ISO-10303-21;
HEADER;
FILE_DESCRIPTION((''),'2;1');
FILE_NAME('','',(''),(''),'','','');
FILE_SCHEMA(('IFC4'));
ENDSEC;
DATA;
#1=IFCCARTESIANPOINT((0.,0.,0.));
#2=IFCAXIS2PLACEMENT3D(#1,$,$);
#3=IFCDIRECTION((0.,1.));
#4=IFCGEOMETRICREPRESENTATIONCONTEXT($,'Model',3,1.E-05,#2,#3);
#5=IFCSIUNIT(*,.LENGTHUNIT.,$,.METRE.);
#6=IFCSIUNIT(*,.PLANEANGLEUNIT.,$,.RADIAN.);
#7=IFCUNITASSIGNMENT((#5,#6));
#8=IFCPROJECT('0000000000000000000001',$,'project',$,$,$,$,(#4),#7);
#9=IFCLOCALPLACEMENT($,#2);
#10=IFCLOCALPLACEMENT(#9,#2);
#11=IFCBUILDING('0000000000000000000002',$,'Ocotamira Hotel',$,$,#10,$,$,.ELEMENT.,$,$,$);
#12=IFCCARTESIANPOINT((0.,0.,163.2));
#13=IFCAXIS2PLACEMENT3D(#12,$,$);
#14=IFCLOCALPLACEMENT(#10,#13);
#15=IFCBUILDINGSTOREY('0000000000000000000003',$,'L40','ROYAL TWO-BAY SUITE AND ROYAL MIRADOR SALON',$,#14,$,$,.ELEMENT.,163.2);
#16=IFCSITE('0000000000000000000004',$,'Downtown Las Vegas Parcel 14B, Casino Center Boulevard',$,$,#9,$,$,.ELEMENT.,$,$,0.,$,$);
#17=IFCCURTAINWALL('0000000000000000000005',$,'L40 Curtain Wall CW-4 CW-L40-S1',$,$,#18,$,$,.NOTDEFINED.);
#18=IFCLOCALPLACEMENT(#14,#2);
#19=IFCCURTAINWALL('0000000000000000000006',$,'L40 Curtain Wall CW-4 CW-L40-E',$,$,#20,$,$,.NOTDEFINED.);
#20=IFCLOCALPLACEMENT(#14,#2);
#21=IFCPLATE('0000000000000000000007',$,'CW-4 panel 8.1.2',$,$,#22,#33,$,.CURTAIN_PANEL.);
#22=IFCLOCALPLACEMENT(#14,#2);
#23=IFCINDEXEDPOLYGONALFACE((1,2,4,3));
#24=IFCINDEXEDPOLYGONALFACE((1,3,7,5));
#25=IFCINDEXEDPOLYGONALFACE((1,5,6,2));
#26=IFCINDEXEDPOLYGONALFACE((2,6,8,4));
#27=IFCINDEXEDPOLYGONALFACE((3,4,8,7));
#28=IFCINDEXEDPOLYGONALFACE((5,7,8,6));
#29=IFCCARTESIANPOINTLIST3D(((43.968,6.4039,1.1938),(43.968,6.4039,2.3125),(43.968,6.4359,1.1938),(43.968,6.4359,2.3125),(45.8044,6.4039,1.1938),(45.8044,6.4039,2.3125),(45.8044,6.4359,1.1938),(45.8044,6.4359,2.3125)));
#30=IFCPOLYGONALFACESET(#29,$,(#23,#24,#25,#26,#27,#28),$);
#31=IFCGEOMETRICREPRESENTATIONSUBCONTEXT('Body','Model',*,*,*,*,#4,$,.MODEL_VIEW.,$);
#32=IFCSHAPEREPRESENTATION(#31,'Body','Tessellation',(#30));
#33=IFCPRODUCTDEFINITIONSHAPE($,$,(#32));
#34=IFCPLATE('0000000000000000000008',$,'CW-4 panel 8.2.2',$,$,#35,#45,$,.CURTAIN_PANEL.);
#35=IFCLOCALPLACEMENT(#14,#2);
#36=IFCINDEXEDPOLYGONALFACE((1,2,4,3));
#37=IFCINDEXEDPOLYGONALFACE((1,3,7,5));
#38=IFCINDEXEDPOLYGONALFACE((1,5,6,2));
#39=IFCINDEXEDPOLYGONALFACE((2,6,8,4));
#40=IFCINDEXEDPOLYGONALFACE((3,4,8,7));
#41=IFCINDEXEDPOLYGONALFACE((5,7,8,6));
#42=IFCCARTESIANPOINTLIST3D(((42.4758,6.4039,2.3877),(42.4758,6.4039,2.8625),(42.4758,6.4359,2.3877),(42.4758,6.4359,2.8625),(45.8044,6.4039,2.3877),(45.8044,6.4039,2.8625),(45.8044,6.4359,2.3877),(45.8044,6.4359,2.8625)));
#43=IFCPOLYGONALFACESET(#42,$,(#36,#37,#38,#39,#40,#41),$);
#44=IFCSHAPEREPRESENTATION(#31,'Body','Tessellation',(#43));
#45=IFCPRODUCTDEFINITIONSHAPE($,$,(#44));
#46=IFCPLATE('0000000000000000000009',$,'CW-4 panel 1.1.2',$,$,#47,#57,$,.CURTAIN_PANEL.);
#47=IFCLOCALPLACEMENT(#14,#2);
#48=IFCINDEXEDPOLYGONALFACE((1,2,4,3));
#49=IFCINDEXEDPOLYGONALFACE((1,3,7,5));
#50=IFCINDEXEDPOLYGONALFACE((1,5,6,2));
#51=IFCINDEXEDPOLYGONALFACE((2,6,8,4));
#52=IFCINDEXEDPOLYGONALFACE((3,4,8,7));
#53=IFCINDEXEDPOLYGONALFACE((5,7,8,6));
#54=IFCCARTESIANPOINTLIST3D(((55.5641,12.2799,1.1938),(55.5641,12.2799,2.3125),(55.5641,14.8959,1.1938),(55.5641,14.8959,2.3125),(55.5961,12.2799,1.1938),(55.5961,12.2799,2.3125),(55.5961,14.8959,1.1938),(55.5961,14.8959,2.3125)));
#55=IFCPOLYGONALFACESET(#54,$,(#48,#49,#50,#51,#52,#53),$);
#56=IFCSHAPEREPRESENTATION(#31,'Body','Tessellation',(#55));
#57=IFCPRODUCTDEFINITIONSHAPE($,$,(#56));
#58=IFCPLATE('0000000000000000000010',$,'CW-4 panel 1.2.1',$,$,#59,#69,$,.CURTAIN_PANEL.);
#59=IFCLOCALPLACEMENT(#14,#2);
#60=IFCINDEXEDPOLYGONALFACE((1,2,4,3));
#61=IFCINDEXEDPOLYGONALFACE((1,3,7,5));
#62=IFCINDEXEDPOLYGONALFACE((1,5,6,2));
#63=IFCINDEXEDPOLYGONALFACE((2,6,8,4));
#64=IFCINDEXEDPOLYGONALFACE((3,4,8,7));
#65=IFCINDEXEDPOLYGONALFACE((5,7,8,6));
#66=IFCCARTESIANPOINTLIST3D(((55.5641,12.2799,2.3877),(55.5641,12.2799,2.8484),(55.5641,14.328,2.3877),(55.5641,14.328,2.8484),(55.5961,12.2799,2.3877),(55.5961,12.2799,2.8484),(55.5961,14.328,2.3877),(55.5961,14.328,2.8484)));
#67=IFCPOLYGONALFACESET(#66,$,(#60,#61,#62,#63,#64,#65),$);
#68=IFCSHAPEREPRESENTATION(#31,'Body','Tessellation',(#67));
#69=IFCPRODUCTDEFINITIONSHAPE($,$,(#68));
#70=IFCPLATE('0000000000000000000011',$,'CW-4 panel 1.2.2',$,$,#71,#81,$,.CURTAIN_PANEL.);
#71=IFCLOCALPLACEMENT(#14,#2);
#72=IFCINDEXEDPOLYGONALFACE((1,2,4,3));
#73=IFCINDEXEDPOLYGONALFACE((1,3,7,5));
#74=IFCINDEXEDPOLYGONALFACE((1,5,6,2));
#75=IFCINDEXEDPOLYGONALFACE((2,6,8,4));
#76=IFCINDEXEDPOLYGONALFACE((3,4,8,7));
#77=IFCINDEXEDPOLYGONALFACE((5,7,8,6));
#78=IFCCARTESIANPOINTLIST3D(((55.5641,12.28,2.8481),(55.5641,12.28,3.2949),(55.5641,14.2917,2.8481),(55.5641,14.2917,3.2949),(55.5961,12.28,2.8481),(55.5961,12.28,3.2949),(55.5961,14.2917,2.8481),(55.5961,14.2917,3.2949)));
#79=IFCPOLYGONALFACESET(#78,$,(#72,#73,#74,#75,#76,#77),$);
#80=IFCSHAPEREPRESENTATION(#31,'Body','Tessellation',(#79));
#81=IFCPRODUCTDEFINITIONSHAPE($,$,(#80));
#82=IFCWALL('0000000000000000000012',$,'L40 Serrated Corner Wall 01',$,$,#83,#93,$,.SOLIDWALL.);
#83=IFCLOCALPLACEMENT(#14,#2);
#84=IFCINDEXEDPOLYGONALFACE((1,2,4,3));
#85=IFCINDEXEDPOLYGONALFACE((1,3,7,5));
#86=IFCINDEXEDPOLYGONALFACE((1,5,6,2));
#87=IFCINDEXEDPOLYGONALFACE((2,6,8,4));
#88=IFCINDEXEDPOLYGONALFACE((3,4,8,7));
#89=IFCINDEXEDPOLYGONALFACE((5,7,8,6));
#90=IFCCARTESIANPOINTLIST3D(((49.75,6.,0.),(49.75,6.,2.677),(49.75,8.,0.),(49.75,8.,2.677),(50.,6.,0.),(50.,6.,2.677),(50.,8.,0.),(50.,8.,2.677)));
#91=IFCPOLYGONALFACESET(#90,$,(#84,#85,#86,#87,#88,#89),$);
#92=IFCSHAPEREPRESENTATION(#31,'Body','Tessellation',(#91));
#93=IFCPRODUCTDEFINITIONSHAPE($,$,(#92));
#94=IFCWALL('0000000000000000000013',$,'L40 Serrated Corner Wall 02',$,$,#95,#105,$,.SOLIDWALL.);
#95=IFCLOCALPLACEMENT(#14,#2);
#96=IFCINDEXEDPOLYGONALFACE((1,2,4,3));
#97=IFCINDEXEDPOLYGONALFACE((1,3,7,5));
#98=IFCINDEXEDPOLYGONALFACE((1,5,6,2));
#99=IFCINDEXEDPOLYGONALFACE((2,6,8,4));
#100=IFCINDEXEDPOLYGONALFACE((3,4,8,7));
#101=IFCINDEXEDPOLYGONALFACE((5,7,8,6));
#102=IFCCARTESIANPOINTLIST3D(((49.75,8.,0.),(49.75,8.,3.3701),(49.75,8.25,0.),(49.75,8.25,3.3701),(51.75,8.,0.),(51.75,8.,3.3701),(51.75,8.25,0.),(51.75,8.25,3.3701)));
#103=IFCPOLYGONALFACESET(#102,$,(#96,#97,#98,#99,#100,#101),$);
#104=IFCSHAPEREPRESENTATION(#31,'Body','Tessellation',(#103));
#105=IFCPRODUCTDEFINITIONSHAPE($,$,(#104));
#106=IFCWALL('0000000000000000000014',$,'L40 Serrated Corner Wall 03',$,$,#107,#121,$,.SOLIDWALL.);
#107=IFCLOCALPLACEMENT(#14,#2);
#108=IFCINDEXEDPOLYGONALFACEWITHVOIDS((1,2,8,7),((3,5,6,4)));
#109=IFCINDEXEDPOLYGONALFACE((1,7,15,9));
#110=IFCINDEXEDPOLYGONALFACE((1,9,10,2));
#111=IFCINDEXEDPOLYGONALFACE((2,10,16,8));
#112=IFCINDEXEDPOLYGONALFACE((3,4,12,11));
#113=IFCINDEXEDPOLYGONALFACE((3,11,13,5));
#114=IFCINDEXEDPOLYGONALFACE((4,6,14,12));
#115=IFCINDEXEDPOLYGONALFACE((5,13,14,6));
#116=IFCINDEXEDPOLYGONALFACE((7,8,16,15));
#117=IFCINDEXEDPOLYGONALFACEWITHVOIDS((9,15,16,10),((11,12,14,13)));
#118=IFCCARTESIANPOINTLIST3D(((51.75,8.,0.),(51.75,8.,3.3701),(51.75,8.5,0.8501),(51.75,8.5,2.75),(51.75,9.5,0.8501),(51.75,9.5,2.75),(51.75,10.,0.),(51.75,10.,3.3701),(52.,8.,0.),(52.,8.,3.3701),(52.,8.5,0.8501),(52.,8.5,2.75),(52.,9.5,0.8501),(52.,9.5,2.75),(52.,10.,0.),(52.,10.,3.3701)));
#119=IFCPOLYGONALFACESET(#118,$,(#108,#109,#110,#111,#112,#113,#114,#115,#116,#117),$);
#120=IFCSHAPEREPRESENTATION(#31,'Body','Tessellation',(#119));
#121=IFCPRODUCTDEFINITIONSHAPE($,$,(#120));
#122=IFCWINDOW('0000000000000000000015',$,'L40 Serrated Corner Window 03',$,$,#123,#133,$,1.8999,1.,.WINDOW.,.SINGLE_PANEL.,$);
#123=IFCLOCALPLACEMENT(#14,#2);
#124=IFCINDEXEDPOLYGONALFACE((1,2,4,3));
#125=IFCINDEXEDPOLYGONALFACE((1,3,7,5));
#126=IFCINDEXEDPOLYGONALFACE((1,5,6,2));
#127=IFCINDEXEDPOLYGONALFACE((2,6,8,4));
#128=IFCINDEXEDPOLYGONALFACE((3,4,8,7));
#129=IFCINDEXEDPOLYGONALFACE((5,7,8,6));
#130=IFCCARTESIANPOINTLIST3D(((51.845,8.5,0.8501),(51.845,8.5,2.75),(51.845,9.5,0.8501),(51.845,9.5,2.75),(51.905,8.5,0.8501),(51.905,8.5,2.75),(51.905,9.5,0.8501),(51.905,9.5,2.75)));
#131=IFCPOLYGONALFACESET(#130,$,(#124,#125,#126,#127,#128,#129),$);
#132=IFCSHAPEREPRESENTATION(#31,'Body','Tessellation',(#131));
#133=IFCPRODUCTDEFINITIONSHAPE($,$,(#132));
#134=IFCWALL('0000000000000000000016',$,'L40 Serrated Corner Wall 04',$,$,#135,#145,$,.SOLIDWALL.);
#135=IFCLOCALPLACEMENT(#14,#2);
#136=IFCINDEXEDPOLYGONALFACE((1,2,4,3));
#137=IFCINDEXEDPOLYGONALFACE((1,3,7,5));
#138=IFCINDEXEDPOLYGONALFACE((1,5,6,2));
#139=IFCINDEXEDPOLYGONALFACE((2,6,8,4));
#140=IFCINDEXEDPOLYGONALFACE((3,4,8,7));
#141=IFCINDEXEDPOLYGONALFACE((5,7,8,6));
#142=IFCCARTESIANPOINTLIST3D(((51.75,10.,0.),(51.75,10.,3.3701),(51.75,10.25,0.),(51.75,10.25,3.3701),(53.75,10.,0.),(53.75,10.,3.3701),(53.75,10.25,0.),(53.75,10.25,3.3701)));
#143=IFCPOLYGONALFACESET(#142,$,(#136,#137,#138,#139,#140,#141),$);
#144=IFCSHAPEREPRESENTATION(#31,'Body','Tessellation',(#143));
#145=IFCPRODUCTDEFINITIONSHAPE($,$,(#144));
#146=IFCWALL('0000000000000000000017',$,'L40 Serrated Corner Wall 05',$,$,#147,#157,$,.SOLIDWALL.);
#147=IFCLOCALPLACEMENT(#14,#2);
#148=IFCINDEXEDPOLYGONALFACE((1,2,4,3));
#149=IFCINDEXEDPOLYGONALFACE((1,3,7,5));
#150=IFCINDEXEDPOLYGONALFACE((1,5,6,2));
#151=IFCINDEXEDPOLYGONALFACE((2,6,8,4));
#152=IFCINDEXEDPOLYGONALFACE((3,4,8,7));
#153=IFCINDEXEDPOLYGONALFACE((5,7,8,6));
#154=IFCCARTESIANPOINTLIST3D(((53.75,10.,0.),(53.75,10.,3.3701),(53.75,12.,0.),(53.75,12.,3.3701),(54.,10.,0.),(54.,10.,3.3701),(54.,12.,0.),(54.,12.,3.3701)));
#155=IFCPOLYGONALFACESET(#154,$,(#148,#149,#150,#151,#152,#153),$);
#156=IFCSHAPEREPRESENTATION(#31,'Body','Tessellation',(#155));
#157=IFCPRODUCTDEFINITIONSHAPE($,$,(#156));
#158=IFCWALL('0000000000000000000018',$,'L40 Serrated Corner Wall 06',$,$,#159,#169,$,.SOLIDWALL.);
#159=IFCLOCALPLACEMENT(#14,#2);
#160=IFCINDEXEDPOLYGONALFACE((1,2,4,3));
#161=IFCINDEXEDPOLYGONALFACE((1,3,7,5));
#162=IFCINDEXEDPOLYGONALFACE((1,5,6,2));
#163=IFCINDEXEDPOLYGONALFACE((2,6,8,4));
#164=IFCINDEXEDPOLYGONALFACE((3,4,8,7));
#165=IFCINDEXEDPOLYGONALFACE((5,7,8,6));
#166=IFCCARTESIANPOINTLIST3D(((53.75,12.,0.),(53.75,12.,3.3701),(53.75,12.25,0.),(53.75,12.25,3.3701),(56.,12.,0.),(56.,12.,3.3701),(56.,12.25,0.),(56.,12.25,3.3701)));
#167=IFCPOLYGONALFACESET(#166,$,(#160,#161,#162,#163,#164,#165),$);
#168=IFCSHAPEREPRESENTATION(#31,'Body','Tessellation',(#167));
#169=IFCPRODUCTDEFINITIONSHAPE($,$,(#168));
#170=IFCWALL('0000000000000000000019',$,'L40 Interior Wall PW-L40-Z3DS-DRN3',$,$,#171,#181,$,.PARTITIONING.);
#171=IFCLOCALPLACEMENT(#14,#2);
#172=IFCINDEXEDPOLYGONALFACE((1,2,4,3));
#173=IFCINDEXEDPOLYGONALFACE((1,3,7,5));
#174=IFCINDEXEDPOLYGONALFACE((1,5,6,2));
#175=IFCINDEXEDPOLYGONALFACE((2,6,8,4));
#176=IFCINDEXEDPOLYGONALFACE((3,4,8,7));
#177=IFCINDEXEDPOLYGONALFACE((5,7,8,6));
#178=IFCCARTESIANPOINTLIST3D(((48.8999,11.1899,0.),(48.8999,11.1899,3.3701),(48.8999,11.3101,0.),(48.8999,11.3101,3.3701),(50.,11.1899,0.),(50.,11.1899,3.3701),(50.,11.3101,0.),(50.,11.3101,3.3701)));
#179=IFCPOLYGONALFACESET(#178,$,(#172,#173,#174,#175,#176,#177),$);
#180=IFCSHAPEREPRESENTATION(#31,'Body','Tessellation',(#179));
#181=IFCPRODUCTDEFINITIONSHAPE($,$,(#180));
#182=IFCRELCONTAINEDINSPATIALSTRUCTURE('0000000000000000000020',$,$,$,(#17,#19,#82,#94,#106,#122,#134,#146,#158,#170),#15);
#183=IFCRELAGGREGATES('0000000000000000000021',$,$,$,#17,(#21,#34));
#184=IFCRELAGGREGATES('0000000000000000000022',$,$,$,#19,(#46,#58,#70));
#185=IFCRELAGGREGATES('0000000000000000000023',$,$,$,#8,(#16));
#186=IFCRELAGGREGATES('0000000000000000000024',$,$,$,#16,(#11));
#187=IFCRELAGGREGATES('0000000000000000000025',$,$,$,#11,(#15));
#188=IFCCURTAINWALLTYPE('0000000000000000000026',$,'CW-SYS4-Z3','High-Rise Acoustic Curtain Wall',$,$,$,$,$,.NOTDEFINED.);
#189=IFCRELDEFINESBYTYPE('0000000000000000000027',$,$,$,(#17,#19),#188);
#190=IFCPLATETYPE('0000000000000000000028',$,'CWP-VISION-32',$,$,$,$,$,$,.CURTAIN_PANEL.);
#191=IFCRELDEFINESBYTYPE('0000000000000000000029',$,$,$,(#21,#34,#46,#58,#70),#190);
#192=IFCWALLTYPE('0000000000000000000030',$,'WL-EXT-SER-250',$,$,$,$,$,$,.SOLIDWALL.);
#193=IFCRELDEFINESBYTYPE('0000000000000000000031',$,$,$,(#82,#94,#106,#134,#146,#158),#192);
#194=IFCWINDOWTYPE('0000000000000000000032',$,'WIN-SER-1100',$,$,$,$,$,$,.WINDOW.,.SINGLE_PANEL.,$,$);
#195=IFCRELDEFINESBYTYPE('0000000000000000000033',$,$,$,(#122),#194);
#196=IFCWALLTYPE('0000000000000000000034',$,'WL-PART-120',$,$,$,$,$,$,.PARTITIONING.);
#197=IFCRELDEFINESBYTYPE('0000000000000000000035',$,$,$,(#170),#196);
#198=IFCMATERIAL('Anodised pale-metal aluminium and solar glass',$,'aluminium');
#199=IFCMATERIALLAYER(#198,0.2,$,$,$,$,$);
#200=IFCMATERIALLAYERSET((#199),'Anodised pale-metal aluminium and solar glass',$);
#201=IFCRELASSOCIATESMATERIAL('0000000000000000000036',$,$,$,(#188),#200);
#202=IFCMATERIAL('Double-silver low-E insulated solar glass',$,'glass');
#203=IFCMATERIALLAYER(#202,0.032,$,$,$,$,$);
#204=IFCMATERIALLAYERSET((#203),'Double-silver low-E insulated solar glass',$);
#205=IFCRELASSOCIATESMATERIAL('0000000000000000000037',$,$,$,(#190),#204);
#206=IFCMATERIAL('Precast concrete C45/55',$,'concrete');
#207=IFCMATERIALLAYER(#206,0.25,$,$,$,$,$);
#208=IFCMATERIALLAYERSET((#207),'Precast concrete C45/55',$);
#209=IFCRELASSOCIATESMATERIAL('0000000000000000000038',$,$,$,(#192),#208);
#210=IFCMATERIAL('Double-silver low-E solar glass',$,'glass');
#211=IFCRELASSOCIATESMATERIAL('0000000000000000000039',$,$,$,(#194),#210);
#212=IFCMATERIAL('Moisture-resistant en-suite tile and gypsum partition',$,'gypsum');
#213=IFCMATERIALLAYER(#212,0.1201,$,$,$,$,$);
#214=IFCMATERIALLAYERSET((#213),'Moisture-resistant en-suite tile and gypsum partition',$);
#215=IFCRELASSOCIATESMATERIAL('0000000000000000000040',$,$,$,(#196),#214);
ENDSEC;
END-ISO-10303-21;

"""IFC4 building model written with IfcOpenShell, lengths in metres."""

from ifc_helpers import new_model, si_unit, direction, frame, frame_2d, origin, origin_2d, place, context, subcontext, project, spatial, rectangle, extrude, source, transform, mapped, material, layer, layer_set, type_object, element, fill, aggregate, save


model = new_model("IFC4")

# Units and contexts
model_context = context("Model", 3, precision=1e-05, world=origin(), true_north=direction((0.0, 1.0)))
body_context = subcontext(model_context, "Body", "Model", "MODEL_VIEW")
ifc_project = project(units=[si_unit("LENGTHUNIT", "METRE"), si_unit("PLANEANGLEUNIT", "RADIAN")], contexts=[model_context])

# Site, building, storey
site_placement = place(None, origin())
site = spatial("IfcSite", under=ifc_project, at=site_placement, Name="Downtown Las Vegas Parcel 14B, Casino Center Boulevard", CompositionType="ELEMENT", RefElevation=0.0)
building_placement = place(site_placement, origin())
building = spatial("IfcBuilding", under=site, at=building_placement, Name="Ocotamira Hotel", CompositionType="ELEMENT")
storey_placement = place(building_placement, frame((0.0, 0.0, 163.2)))
storey = spatial("IfcBuildingStorey", under=building, at=storey_placement, Name="L40", Description="ROYAL TWO-BAY SUITE AND ROYAL MIRADOR SALON", CompositionType="ELEMENT", Elevation=163.2)

# Curtain walls
ifc_material_1 = material(Name="Anodised pale-metal aluminium and solar glass", Category="aluminium")
ifc_layer_1 = layer(ifc_material_1, 0.2)
ifc_layer_set_1 = layer_set([ifc_layer_1], Name="Anodised pale-metal aluminium and solar glass")
curtain_wall_type = type_object("IfcCurtainWallType", Name="CW-SYS4-Z3", Description="High-Rise Acoustic Curtain Wall", PredefinedType="NOTDEFINED", material=ifc_layer_set_1)
curtain_wall_1_placement = place(storey_placement, origin())
curtain_wall_1 = element("IfcCurtainWall", 1, at=curtain_wall_1_placement, inside=storey, type_object=curtain_wall_type, Name="L40 Curtain Wall CW-4 CW-L40-S1", PredefinedType="NOTDEFINED")
curtain_wall_2_placement = place(storey_placement, origin())
curtain_wall_2 = element("IfcCurtainWall", 2, at=curtain_wall_2_placement, inside=storey, type_object=curtain_wall_type, Name="L40 Curtain Wall CW-4 CW-L40-E", PredefinedType="NOTDEFINED")

# Plates
ifc_material_2 = material(Name="Double-silver low-E insulated solar glass", Category="glass")
ifc_layer_2 = layer(ifc_material_2, 0.032)
ifc_layer_set_2 = layer_set([ifc_layer_2], Name="Double-silver low-E insulated solar glass")
plate_type_1 = type_object("IfcPlateType", Name="CWP-VISION-32", PredefinedType="CURTAIN_PANEL", material=ifc_layer_set_2)
shared_shape_1 = source(origin(), body_context, "Body", "SweptSolid", [
    extrude(rectangle(XDim=1.8364, YDim=0.032, at=origin_2d()), origin(), (0.0, 0.0, 1.0), 1.1187),
])
plate_1_placement = place(storey_placement, frame((44.8862, 6.4199, 1.1938), z_axis=(0.0, 0.0, 1.0), x_axis=(1.0, 0.0, 0.0)))
plate_1 = element("IfcPlate", 3, at=plate_1_placement, type_object=plate_type_1, Name="CW-4 panel 8.1.2", PredefinedType="CURTAIN_PANEL", context=body_context, shape_type="MappedRepresentation", body=[
    mapped(shared_shape_1, transform((0.0, 0.0, 0.0), scale=1.0)),
])
shared_shape_2 = source(origin(), body_context, "Body", "SweptSolid", [
    extrude(rectangle(XDim=3.3286, YDim=0.032, at=origin_2d()), origin(), (0.0, 0.0, 1.0), 0.4749),
])
plate_2_placement = place(storey_placement, frame((44.1401, 6.4199, 2.3877), z_axis=(0.0, 0.0, 1.0), x_axis=(1.0, 0.0, 0.0)))
plate_2 = element("IfcPlate", 4, at=plate_2_placement, type_object=plate_type_1, Name="CW-4 panel 8.2.2", PredefinedType="CURTAIN_PANEL", context=body_context, shape_type="MappedRepresentation", body=[
    mapped(shared_shape_2, transform((0.0, 0.0, 0.0), scale=1.0)),
])
aggregate(curtain_wall_1, [plate_1, plate_2])
shared_shape_3 = source(origin(), body_context, "Body", "SweptSolid", [
    extrude(rectangle(XDim=2.616, YDim=0.032, at=origin_2d()), origin(), (0.0, 0.0, 1.0), 1.1187),
])
plate_3_placement = place(storey_placement, frame((55.5801, 13.5879, 1.1938), z_axis=(0.0, 0.0, 1.0), x_axis=(0.0, 1.0, 0.0)))
plate_3 = element("IfcPlate", 5, at=plate_3_placement, type_object=plate_type_1, Name="CW-4 panel 1.1.2", PredefinedType="CURTAIN_PANEL", context=body_context, shape_type="MappedRepresentation", body=[
    mapped(shared_shape_3, transform((0.0, 0.0, 0.0), scale=1.0)),
])
shared_shape_4 = source(origin(), body_context, "Body", "SweptSolid", [
    extrude(rectangle(XDim=2.0481, YDim=0.032, at=origin_2d()), origin(), (0.0, 0.0, 1.0), 0.4607),
])
plate_4_placement = place(storey_placement, frame((55.5801, 13.304, 2.3877), z_axis=(0.0, 0.0, 1.0), x_axis=(0.0, 1.0, 0.0)))
plate_4 = element("IfcPlate", 6, at=plate_4_placement, type_object=plate_type_1, Name="CW-4 panel 1.2.1", PredefinedType="CURTAIN_PANEL", context=body_context, shape_type="MappedRepresentation", body=[
    mapped(shared_shape_4, transform((0.0, 0.0, 0.0), scale=1.0)),
])
shared_shape_5 = source(origin(), body_context, "Body", "SweptSolid", [
    extrude(rectangle(XDim=2.0117, YDim=0.032, at=origin_2d()), origin(), (0.0, 0.0, 1.0), 0.4468),
])
plate_5_placement = place(storey_placement, frame((55.5801, 13.2859, 2.8481), z_axis=(0.0, 0.0, 1.0), x_axis=(0.0, 1.0, 0.0)))
plate_5 = element("IfcPlate", 7, at=plate_5_placement, type_object=plate_type_1, Name="CW-4 panel 1.2.2", PredefinedType="CURTAIN_PANEL", context=body_context, shape_type="MappedRepresentation", body=[
    mapped(shared_shape_5, transform((0.0, 0.0, 0.0), scale=1.0)),
])
aggregate(curtain_wall_2, [plate_3, plate_4, plate_5])

# Walls
ifc_material_3 = material(Name="Precast concrete C45/55", Category="concrete")
ifc_layer_3 = layer(ifc_material_3, 0.25)
ifc_layer_set_3 = layer_set([ifc_layer_3], Name="Precast concrete C45/55")
wall_type_1 = type_object("IfcWallType", Name="WL-EXT-SER-250", PredefinedType="SOLIDWALL", material=ifc_layer_set_3)
wall_1_placement = place(storey_placement, frame((49.875, 6.0, 0.0), z_axis=(0.0, 0.0, 1.0), x_axis=(0.0, 1.0, 0.0)))
element("IfcWall", 8, at=wall_1_placement, inside=storey, type_object=wall_type_1, Name="L40 Serrated Corner Wall 01", PredefinedType="SOLIDWALL", context=body_context, shape_type="SweptSolid", body=[
    extrude(rectangle(XDim=2.0, YDim=0.25, at=frame_2d((1.0, 0.0))), origin(), (0.0, 0.0, 1.0), 2.677),
])
wall_2_placement = place(storey_placement, frame((49.75, 8.125, 0.0), z_axis=(0.0, 0.0, 1.0), x_axis=(1.0, 0.0, 0.0)))
element("IfcWall", 9, at=wall_2_placement, inside=storey, type_object=wall_type_1, Name="L40 Serrated Corner Wall 02", PredefinedType="SOLIDWALL", context=body_context, shape_type="SweptSolid", body=[
    extrude(rectangle(XDim=2.0, YDim=0.25, at=frame_2d((1.0, 0.0))), origin(), (0.0, 0.0, 1.0), 3.3701),
])

# Wall, opening, window
wall_3_placement = place(storey_placement, frame((51.875, 8.0, 0.0), z_axis=(0.0, 0.0, 1.0), x_axis=(0.0, 1.0, 0.0)))
wall_3 = element("IfcWall", 10, at=wall_3_placement, inside=storey, type_object=wall_type_1, Name="L40 Serrated Corner Wall 03", PredefinedType="SOLIDWALL", context=body_context, shape_type="SweptSolid", body=[
    extrude(rectangle(XDim=2.0, YDim=0.25, at=frame_2d((1.0, 0.0))), origin(), (0.0, 0.0, 1.0), 3.3701),
])
opening_1_placement = place(wall_3_placement, frame((0.5, 0.0, 0.8501)))
opening_1 = element("IfcOpeningElement", 11, at=opening_1_placement, cuts=wall_3, PredefinedType="OPENING", context=body_context, shape_type="SweptSolid", body=[
    extrude(rectangle(XDim=1.0, YDim=1.8999, at=frame_2d((0.5, 0.95))), frame((0.0, 0.135, 0.0), z_axis=(0.0, -1.0, 0.0), x_axis=(1.0, 0.0, 0.0)), (0.0, 0.0, 1.0), 0.27),
])
ifc_material_4 = material(Name="Double-silver low-E solar glass", Category="glass")
window_type = type_object("IfcWindowType", Name="WIN-SER-1100", PartitioningType="SINGLE_PANEL", PredefinedType="WINDOW", material=ifc_material_4)
shared_shape_6 = source(origin(), body_context, "Body", "SweptSolid", [
    extrude(rectangle(XDim=1.0, YDim=1.8999, at=frame_2d((0.5, 0.95))), frame((0.0, 0.03, 0.0), z_axis=(0.0, -1.0, 0.0), x_axis=(1.0, 0.0, 0.0)), (0.0, 0.0, 1.0), 0.0601),
])
window_placement = place(opening_1_placement, origin())
window = element("IfcWindow", 12, at=window_placement, inside=storey, type_object=window_type, Name="L40 Serrated Corner Window 03", OverallHeight=1.8999, OverallWidth=1.0, PartitioningType="SINGLE_PANEL", PredefinedType="WINDOW", context=body_context, shape_type="MappedRepresentation", body=[
    mapped(shared_shape_6, transform((0.0, 0.0, 0.0), scale=1.0)),
])
fill(opening_1, window)

# Walls
for number, where, z_axis, x_axis, name in (
    (13, (51.75, 10.125, 0.0), (0.0, 0.0, 1.0), (1.0, 0.0, 0.0), "L40 Serrated Corner Wall 04"),
    (14, (53.875, 10.0, 0.0), (0.0, 0.0, 1.0), (0.0, 1.0, 0.0), "L40 Serrated Corner Wall 05"),
):
    element("IfcWall", number, at=place(storey_placement, frame(where, z_axis=z_axis, x_axis=x_axis)), inside=storey, type_object=wall_type_1, Name=name, PredefinedType="SOLIDWALL", context=body_context, shape_type="SweptSolid", body=[
        extrude(rectangle(XDim=2.0, YDim=0.25, at=frame_2d((1.0, 0.0))), origin(), (0.0, 0.0, 1.0), 3.3701),
    ])
wall_4_placement = place(storey_placement, frame((53.75, 12.125, 0.0), z_axis=(0.0, 0.0, 1.0), x_axis=(1.0, 0.0, 0.0)))
element("IfcWall", 15, at=wall_4_placement, inside=storey, type_object=wall_type_1, Name="L40 Serrated Corner Wall 06", PredefinedType="SOLIDWALL", context=body_context, shape_type="SweptSolid", body=[
    extrude(rectangle(XDim=2.25, YDim=0.25, at=frame_2d((1.125, 0.0))), origin(), (0.0, 0.0, 1.0), 3.3701),
])

# Wall
ifc_material_5 = material(Name="Moisture-resistant en-suite tile and gypsum partition", Category="gypsum")
ifc_layer_4 = layer(ifc_material_5, 0.1201)
ifc_layer_set_4 = layer_set([ifc_layer_4], Name="Moisture-resistant en-suite tile and gypsum partition")
wall_type_2 = type_object("IfcWallType", Name="WL-PART-120", PredefinedType="PARTITIONING", material=ifc_layer_set_4)
wall_5_placement = place(storey_placement, frame((48.8999, 11.25, 0.0), z_axis=(0.0, 0.0, 1.0), x_axis=(1.0, 0.0, 0.0)))
element("IfcWall", 16, at=wall_5_placement, inside=storey, type_object=wall_type_2, Name="L40 Interior Wall PW-L40-Z3DS-DRN3", PredefinedType="PARTITIONING", context=body_context, shape_type="SweptSolid", body=[
    extrude(rectangle(XDim=1.1001, YDim=0.1201, at=frame_2d((0.55, 0.0))), origin(), (0.0, 0.0, 1.0), 3.3701),
])

save(model, "model.ifc")
